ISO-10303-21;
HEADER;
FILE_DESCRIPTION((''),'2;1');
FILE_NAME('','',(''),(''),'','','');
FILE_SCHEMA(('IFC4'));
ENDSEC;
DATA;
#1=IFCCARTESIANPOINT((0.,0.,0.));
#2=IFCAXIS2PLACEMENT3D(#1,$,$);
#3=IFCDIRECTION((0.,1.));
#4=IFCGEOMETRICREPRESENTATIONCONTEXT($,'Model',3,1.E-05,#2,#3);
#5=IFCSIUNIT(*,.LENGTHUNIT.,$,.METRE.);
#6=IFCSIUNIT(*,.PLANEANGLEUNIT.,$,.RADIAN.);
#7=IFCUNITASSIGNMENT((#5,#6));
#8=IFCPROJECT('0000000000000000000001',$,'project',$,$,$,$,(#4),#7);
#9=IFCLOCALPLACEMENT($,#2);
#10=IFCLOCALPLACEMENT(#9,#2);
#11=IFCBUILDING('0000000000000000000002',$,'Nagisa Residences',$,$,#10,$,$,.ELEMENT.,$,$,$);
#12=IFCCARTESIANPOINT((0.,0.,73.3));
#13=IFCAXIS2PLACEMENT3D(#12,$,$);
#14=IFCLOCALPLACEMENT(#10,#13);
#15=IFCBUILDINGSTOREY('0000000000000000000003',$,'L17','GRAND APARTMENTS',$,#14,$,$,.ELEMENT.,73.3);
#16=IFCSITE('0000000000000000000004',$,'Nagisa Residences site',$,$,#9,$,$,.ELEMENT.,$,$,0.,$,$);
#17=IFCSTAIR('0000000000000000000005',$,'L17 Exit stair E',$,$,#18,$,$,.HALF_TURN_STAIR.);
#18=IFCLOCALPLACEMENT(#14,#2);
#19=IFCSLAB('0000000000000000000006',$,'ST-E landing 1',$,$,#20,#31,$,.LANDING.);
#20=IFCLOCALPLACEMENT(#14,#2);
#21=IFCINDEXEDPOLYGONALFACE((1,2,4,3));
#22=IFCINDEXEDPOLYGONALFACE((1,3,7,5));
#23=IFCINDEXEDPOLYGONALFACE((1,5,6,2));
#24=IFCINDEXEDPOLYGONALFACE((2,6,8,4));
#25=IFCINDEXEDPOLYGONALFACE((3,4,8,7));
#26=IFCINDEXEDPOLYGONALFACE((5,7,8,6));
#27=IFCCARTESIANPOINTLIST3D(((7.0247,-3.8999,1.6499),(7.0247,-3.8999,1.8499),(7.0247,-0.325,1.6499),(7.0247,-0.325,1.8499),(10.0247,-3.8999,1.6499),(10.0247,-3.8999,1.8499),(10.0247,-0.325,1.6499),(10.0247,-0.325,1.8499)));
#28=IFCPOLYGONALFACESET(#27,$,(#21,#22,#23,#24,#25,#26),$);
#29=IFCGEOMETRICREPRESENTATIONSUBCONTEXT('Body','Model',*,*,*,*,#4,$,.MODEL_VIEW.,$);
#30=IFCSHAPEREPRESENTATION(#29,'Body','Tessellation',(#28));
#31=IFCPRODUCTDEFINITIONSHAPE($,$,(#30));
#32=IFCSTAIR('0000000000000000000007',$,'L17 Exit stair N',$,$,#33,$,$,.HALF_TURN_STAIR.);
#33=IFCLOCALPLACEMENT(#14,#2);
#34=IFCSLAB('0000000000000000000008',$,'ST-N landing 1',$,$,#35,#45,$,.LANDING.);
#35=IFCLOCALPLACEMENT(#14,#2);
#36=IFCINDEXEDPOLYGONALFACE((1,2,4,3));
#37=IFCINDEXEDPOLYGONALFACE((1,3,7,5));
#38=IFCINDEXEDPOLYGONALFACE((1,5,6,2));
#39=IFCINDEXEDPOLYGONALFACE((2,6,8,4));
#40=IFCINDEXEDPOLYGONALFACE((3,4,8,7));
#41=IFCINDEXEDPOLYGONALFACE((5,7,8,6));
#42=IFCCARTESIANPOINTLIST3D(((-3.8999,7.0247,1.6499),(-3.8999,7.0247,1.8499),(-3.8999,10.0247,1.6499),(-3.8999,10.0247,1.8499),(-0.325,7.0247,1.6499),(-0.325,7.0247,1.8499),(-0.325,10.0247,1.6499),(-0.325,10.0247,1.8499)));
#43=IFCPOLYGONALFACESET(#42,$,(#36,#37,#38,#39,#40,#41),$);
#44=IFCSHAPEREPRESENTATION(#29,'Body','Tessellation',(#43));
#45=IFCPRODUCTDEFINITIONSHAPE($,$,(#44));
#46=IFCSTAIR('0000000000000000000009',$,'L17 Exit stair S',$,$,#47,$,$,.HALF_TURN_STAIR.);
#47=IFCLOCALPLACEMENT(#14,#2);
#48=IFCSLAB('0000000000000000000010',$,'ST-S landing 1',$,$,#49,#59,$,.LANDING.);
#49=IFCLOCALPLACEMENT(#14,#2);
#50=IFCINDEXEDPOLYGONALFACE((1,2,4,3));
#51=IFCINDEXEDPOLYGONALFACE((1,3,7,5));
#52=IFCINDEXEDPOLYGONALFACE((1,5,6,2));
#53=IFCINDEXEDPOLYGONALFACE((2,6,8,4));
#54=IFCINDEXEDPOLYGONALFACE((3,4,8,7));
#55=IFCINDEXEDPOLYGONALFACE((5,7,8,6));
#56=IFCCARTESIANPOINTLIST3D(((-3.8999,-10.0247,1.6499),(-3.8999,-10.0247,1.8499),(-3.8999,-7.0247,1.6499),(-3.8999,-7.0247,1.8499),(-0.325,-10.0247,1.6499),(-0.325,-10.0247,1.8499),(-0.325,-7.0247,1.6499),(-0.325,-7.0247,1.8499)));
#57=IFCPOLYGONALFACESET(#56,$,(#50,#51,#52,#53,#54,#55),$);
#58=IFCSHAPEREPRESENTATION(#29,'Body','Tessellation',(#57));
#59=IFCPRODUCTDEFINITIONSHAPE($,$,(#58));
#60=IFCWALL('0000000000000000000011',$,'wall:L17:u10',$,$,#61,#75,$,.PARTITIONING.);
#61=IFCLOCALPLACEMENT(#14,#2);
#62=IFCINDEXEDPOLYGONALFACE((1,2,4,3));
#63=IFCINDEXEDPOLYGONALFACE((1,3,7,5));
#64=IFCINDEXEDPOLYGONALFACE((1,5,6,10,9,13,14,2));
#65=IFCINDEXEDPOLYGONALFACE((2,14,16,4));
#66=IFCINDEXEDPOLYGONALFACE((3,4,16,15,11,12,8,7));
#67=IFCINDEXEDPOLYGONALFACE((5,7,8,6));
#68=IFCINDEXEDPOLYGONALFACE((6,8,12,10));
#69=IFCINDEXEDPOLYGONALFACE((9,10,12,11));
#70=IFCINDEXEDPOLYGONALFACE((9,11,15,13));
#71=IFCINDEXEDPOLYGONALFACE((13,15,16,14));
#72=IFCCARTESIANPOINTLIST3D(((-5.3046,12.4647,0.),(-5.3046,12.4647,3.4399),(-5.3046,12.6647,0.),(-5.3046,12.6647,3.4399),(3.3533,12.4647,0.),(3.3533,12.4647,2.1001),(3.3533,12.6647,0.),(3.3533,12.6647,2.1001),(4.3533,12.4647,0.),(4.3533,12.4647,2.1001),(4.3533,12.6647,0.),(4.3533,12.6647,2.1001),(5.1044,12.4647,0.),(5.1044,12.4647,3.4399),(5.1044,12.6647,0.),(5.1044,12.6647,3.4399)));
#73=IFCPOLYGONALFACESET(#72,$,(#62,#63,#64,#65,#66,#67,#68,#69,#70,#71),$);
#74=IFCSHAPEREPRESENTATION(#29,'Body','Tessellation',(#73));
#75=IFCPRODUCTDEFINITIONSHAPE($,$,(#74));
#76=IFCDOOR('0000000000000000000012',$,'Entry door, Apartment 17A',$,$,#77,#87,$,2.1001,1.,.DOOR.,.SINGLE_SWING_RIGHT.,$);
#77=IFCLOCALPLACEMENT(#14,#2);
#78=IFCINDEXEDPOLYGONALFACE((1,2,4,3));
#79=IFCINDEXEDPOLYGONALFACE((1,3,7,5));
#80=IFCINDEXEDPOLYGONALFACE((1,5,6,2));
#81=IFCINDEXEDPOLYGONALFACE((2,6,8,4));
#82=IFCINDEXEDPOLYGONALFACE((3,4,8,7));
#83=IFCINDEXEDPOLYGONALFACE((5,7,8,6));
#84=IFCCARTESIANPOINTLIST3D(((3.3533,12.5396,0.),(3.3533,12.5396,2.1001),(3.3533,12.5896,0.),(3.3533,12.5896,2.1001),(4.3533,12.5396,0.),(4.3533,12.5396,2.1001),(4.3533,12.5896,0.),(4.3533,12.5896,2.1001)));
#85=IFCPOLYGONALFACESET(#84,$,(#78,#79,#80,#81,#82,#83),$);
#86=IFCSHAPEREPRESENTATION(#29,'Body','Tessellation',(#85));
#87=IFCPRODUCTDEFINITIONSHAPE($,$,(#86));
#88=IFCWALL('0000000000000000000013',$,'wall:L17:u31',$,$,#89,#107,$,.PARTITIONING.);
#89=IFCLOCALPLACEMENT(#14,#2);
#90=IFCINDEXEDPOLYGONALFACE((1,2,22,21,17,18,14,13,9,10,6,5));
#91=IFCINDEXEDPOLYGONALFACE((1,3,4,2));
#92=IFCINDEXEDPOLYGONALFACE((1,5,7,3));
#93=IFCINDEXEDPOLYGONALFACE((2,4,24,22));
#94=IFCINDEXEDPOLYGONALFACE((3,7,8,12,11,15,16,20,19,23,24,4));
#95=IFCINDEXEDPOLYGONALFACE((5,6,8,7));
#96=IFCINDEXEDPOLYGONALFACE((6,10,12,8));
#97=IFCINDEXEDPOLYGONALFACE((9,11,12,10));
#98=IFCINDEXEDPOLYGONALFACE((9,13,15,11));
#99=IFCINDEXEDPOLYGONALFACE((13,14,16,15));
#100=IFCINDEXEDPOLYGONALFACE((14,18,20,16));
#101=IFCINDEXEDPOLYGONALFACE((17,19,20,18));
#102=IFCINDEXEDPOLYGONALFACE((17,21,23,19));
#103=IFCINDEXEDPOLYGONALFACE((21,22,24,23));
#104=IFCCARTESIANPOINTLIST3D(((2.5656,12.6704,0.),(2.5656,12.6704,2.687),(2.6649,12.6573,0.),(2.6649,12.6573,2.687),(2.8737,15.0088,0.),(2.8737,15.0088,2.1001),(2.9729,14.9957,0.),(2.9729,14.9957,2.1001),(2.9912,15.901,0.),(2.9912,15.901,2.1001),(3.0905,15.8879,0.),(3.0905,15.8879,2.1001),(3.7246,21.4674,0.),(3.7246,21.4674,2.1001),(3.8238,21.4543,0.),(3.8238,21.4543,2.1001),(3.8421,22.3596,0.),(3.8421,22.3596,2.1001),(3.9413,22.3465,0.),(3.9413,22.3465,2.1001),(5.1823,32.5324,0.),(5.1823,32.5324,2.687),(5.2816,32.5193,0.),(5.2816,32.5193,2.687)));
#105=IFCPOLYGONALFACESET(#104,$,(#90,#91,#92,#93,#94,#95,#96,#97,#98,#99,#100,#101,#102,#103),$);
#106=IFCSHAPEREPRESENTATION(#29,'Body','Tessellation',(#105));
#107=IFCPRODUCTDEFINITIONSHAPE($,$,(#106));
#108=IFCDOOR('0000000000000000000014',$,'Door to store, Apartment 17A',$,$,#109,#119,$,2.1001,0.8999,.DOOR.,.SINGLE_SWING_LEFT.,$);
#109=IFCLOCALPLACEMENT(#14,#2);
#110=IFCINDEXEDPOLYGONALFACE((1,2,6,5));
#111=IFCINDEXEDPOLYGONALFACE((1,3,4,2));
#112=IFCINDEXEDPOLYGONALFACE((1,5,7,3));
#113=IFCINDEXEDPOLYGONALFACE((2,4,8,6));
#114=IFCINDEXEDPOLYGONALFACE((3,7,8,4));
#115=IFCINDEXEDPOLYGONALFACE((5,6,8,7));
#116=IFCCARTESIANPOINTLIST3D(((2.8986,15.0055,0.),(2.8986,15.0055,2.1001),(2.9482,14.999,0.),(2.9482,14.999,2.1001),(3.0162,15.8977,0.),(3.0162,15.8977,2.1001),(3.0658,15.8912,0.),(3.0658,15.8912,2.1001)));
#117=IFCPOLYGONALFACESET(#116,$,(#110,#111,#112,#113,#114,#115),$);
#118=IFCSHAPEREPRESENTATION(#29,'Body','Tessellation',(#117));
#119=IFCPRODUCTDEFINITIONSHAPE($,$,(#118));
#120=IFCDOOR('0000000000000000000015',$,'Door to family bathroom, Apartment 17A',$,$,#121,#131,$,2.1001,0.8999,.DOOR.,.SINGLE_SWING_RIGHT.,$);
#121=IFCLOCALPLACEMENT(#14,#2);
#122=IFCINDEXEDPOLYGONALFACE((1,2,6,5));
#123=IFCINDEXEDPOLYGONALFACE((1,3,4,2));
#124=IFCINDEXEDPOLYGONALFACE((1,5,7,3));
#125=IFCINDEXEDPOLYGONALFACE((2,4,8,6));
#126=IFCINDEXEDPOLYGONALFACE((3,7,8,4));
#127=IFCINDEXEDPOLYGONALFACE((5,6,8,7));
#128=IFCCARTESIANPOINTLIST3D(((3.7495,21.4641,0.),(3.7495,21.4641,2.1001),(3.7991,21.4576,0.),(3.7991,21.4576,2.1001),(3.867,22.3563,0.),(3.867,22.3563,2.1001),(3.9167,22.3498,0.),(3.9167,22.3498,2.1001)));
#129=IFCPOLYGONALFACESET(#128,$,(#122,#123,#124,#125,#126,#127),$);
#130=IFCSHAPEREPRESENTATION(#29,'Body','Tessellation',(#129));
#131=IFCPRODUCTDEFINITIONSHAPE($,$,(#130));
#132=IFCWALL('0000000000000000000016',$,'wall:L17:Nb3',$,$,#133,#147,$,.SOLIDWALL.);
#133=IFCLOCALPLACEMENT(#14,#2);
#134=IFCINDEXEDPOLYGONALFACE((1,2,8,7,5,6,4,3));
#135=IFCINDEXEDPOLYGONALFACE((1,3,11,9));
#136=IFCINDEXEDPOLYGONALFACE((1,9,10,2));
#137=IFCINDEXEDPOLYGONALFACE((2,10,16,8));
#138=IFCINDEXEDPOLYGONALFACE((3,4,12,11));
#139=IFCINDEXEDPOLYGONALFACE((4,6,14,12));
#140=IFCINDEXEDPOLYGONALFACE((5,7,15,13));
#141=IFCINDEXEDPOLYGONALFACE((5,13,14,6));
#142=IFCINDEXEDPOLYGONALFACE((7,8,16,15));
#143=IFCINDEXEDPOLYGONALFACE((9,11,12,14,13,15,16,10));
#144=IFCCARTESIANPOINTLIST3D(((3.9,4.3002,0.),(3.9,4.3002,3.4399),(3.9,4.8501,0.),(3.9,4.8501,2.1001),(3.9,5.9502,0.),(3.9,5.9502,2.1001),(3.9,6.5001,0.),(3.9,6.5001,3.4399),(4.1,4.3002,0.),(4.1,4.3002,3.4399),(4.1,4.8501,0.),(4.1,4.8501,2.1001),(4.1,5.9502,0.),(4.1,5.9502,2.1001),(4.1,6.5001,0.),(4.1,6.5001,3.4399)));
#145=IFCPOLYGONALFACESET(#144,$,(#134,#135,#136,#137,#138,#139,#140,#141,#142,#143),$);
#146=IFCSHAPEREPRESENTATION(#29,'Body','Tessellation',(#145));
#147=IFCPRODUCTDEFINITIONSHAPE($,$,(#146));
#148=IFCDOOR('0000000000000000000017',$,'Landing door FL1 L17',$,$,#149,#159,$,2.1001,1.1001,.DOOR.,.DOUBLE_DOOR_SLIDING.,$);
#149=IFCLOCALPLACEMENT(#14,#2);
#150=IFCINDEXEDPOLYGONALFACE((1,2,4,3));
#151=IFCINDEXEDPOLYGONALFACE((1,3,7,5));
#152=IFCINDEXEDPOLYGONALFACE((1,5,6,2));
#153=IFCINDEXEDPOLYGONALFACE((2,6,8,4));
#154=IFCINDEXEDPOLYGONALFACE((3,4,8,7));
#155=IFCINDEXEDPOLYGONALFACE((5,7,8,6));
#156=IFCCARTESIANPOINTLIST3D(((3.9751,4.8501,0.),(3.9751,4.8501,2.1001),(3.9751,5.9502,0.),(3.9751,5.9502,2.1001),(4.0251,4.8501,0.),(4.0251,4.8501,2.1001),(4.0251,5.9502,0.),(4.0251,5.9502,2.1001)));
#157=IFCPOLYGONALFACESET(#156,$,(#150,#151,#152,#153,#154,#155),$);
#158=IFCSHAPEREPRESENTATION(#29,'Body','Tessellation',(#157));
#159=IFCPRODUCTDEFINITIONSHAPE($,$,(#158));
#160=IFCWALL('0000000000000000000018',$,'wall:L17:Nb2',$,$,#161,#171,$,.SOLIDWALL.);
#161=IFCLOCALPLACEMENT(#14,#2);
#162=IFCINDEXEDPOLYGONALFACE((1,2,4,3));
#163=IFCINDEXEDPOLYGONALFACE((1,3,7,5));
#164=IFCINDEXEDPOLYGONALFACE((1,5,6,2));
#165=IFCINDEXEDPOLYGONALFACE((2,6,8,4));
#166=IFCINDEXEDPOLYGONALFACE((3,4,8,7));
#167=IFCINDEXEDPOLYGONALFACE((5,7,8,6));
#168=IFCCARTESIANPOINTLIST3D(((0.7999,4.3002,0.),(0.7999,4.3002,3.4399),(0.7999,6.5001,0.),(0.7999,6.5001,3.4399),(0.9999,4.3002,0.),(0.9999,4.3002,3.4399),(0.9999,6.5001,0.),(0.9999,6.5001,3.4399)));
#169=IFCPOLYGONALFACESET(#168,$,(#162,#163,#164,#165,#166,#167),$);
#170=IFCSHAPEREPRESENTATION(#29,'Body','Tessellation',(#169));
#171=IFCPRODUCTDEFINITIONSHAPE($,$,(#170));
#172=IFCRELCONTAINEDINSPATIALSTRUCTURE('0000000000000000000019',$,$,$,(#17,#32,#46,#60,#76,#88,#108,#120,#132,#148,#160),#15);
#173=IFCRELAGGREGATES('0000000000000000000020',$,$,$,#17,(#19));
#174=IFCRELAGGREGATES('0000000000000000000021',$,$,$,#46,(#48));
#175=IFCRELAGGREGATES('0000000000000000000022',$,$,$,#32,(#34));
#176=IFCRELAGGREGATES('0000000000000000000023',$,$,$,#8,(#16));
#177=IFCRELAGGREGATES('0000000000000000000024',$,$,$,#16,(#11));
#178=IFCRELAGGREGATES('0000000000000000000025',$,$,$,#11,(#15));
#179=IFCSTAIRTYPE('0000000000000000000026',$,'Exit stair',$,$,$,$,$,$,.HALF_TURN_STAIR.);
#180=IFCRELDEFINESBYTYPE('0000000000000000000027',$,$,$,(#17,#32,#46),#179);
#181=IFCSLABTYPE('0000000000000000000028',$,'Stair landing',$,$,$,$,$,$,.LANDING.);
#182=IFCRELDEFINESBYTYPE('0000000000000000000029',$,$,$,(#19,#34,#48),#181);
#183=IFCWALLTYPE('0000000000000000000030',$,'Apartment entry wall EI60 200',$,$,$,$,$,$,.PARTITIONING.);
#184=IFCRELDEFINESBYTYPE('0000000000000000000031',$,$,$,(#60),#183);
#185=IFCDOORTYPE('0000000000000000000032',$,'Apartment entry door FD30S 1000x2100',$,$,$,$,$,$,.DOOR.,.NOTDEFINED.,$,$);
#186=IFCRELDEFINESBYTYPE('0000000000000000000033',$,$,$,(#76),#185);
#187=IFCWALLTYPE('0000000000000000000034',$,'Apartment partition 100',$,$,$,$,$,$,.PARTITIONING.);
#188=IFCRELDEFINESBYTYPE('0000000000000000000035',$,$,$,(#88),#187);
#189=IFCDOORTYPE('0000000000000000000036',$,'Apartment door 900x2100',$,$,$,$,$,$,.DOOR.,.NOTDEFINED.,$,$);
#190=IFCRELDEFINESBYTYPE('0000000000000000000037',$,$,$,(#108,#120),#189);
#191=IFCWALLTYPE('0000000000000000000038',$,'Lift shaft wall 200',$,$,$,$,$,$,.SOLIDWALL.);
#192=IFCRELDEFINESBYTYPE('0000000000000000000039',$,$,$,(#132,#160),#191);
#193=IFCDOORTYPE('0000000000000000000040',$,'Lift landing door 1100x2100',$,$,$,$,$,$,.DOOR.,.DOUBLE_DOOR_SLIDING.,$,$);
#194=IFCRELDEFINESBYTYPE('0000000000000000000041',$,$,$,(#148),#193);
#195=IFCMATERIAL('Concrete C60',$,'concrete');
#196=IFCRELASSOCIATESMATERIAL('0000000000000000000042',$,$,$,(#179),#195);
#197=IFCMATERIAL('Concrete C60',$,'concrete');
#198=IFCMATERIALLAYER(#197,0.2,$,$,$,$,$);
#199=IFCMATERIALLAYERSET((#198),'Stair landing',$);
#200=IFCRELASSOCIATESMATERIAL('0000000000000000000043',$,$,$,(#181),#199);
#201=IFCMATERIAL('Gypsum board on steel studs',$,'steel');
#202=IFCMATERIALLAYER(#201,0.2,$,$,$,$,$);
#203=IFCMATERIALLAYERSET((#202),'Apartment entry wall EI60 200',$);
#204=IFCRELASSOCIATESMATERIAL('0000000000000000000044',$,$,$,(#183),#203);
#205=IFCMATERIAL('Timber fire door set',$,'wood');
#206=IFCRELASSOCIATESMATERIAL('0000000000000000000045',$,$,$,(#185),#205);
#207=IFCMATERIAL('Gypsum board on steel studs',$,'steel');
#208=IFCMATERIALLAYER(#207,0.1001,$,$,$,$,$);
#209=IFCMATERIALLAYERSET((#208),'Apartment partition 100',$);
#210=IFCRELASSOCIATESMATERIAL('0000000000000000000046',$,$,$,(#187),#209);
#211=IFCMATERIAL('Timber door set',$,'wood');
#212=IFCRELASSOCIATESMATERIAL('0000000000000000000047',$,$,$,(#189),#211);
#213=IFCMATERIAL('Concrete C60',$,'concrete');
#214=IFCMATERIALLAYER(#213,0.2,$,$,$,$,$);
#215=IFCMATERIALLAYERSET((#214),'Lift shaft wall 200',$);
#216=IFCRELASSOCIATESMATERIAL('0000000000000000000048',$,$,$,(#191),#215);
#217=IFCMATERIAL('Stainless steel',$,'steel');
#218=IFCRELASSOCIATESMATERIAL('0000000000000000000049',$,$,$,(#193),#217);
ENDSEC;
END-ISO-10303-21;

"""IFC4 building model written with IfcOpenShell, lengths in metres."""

from ifc_helpers import new_model, si_unit, direction, frame, frame_2d, origin, place, context, subcontext, project, spatial, polyline, rectangle, outline, extrude, material, layer, layer_set, type_object, element, fill, aggregate, save


model = new_model("IFC4")

# Units and contexts
model_context = context("Model", 3, precision=1e-05, world=origin(), true_north=direction((0.0, 1.0)))
body_context = subcontext(model_context, "Body", "Model", "MODEL_VIEW")
ifc_project = project(units=[si_unit("LENGTHUNIT", "METRE"), si_unit("PLANEANGLEUNIT", "RADIAN")], contexts=[model_context])

# Site, building, storey
site_placement = place(None, origin())
site = spatial("IfcSite", under=ifc_project, at=site_placement, Name="Nagisa Residences site", CompositionType="ELEMENT", RefElevation=0.0)
building_placement = place(site_placement, origin())
building = spatial("IfcBuilding", under=site, at=building_placement, Name="Nagisa Residences", CompositionType="ELEMENT")
storey_placement = place(building_placement, frame((0.0, 0.0, 73.3)))
storey = spatial("IfcBuildingStorey", under=building, at=storey_placement, Name="L17", Description="GRAND APARTMENTS", CompositionType="ELEMENT", Elevation=73.3)

# Stairs, slabs
ifc_material_1 = material(Name="Concrete C60", Category="concrete")
stair_type = type_object("IfcStairType", Name="Exit stair", PredefinedType="HALF_TURN_STAIR", material=ifc_material_1)
stair_1_placement = place(storey_placement, origin())
stair_1 = element("IfcStair", 1, at=stair_1_placement, inside=storey, type_object=stair_type, Name="L17 Exit stair E", PredefinedType="HALF_TURN_STAIR")
ifc_material_2 = material(Name="Concrete C60", Category="concrete")
ifc_layer_1 = layer(ifc_material_2, 0.2)
ifc_layer_set_1 = layer_set([ifc_layer_1], Name="Stair landing")
slab_type = type_object("IfcSlabType", Name="Stair landing", PredefinedType="LANDING", material=ifc_layer_set_1)
slab_1_placement = place(storey_placement, frame((0.0, 0.0, 1.6499)))
slab_1 = element("IfcSlab", 2, at=slab_1_placement, type_object=slab_type, Name="ST-E landing 1", PredefinedType="LANDING", context=body_context, shape_type="SweptSolid", body=[
    extrude(outline(polyline([(7.0247, -0.325), (7.0247, -3.8999), (10.0247, -3.8999), (10.0247, -0.325), (7.0247, -0.325)])), origin(), (0.0, 0.0, 1.0), 0.2),
])
aggregate(stair_1, [slab_1])
stair_2_placement = place(storey_placement, origin())
stair_2 = element("IfcStair", 3, at=stair_2_placement, inside=storey, type_object=stair_type, Name="L17 Exit stair N", PredefinedType="HALF_TURN_STAIR")
slab_2_placement = place(storey_placement, frame((0.0, 0.0, 1.6499)))
slab_2 = element("IfcSlab", 4, at=slab_2_placement, type_object=slab_type, Name="ST-N landing 1", PredefinedType="LANDING", context=body_context, shape_type="SweptSolid", body=[
    extrude(outline(polyline([(-0.325, 10.0247), (-3.8999, 10.0247), (-3.8999, 7.0247), (-0.325, 7.0247), (-0.325, 10.0247)])), origin(), (0.0, 0.0, 1.0), 0.2),
])
stair_3_placement = place(storey_placement, origin())
stair_3 = element("IfcStair", 5, at=stair_3_placement, inside=storey, type_object=stair_type, Name="L17 Exit stair S", PredefinedType="HALF_TURN_STAIR")
slab_3_placement = place(storey_placement, frame((0.0, 0.0, 1.6499)))
slab_3 = element("IfcSlab", 6, at=slab_3_placement, type_object=slab_type, Name="ST-S landing 1", PredefinedType="LANDING", context=body_context, shape_type="SweptSolid", body=[
    extrude(outline(polyline([(-0.325, -7.0247), (-3.8999, -7.0247), (-3.8999, -10.0247), (-0.325, -10.0247), (-0.325, -7.0247)])), origin(), (0.0, 0.0, 1.0), 0.2),
])
aggregate(stair_3, [slab_3])

# Wall, opening, door
ifc_material_3 = material(Name="Gypsum board on steel studs", Category="steel")
ifc_layer_2 = layer(ifc_material_3, 0.2)
ifc_layer_set_2 = layer_set([ifc_layer_2], Name="Apartment entry wall EI60 200")
wall_type_1 = type_object("IfcWallType", Name="Apartment entry wall EI60 200", PredefinedType="PARTITIONING", material=ifc_layer_set_2)
wall_1_placement = place(storey_placement, frame((5.1045, 12.5647, 0.0), z_axis=(0.0, 0.0, 1.0), x_axis=(-1.0, 0.0, 0.0)))
wall_1 = element("IfcWall", 7, at=wall_1_placement, inside=storey, type_object=wall_type_1, Name="wall:L17:u10", PredefinedType="PARTITIONING", context=body_context, shape_type="SweptSolid", body=[
    extrude(rectangle(XDim=10.4089, YDim=0.2, at=frame_2d((5.2046, 0.0))), origin(), (0.0, 0.0, 1.0), 3.4399),
])
opening_1_placement = place(wall_1_placement, frame((0.7512, 0.0, 0.0)))
opening_1 = element("IfcOpeningElement", 8, at=opening_1_placement, cuts=wall_1, PredefinedType="OPENING", context=body_context, shape_type="SweptSolid", body=[
    extrude(rectangle(XDim=1.0, YDim=2.1001, at=frame_2d((0.5, 1.05))), frame((0.0, 0.1099, 0.0), z_axis=(0.0, -1.0, 0.0), x_axis=(1.0, 0.0, 0.0)), (0.0, 0.0, 1.0), 0.22),
])
ifc_material_4 = material(Name="Timber fire door set", Category="wood")
door_type_1 = type_object("IfcDoorType", Name="Apartment entry door FD30S 1000x2100", OperationType="NOTDEFINED", PredefinedType="DOOR", material=ifc_material_4)
door_1_placement = place(opening_1_placement, frame((1.0, 0.0, 0.0), x_axis=(-1.0, 0.0, 0.0)))
door_1 = element("IfcDoor", 9, at=door_1_placement, inside=storey, type_object=door_type_1, Name="Entry door, Apartment 17A", OperationType="SINGLE_SWING_RIGHT", OverallHeight=2.1001, OverallWidth=1.0, PredefinedType="DOOR", context=body_context, shape_type="SweptSolid", body=[
    extrude(rectangle(XDim=1.0, YDim=2.1001, at=frame_2d((0.5, 1.05))), frame((0.0, 0.0249, 0.0), z_axis=(0.0, -1.0, 0.0), x_axis=(1.0, 0.0, 0.0)), (0.0, 0.0, 1.0), 0.05),
])
fill(opening_1, door_1)

# Wall, openings, doors
ifc_material_5 = material(Name="Gypsum board on steel studs", Category="steel")
ifc_layer_3 = layer(ifc_material_5, 0.1001)
ifc_layer_set_3 = layer_set([ifc_layer_3], Name="Apartment partition 100")
wall_type_2 = type_object("IfcWallType", Name="Apartment partition 100", PredefinedType="PARTITIONING", material=ifc_layer_set_3)
wall_2_placement = place(storey_placement, frame((2.6152, 12.6638, 0.0), z_axis=(0.0, 0.0, 1.0), x_axis=(0.130615, 0.991433, 0.0)))
wall_2 = element("IfcWall", 10, at=wall_2_placement, inside=storey, type_object=wall_type_2, Name="wall:L17:u31", PredefinedType="PARTITIONING", context=body_context, shape_type="SweptSolid", body=[
    extrude(rectangle(XDim=20.0337, YDim=0.1001, at=frame_2d((10.0168, 0.0))), origin(), (0.0, 0.0, 1.0), 2.687),
])
opening_2_placement = place(wall_2_placement, frame((2.3586, 0.0, 0.0)))
opening_2 = element("IfcOpeningElement", 11, at=opening_2_placement, cuts=wall_2, PredefinedType="OPENING", context=body_context, shape_type="SweptSolid", body=[
    extrude(rectangle(XDim=0.8999, YDim=2.1001, at=frame_2d((0.45, 1.05))), frame((0.0, 0.0601, 0.0), z_axis=(0.0, -1.0, 0.0), x_axis=(1.0, 0.0, 0.0)), (0.0, 0.0, 1.0), 0.1201),
])
opening_3_placement = place(wall_2_placement, frame((8.873, 0.0, 0.0)))
opening_3 = element("IfcOpeningElement", 12, at=opening_3_placement, cuts=wall_2, PredefinedType="OPENING", context=body_context, shape_type="SweptSolid", body=[
    extrude(rectangle(XDim=0.8999, YDim=2.1001, at=frame_2d((0.45, 1.05))), frame((0.0, 0.0601, 0.0), z_axis=(0.0, -1.0, 0.0), x_axis=(1.0, 0.0, 0.0)), (0.0, 0.0, 1.0), 0.1201),
])
ifc_material_6 = material(Name="Timber door set", Category="wood")
door_type_2 = type_object("IfcDoorType", Name="Apartment door 900x2100", OperationType="NOTDEFINED", PredefinedType="DOOR", material=ifc_material_6)
door_2_placement = place(opening_2_placement, origin())
door_2 = element("IfcDoor", 13, at=door_2_placement, inside=storey, type_object=door_type_2, Name="Door to store, Apartment 17A", OperationType="SINGLE_SWING_LEFT", OverallHeight=2.1001, OverallWidth=0.8999, PredefinedType="DOOR", context=body_context, shape_type="SweptSolid", body=[
    extrude(rectangle(XDim=0.8999, YDim=2.1001, at=frame_2d((0.45, 1.05))), frame((0.0, 0.0249, 0.0), z_axis=(0.0, -1.0, 0.0), x_axis=(1.0, 0.0, 0.0)), (0.0, 0.0, 1.0), 0.05),
])
fill(opening_2, door_2)
door_3_placement = place(opening_3_placement, origin())
door_3 = element("IfcDoor", 14, at=door_3_placement, inside=storey, type_object=door_type_2, Name="Door to family bathroom, Apartment 17A", OperationType="SINGLE_SWING_RIGHT", OverallHeight=2.1001, OverallWidth=0.8999, PredefinedType="DOOR", context=body_context, shape_type="SweptSolid", body=[
    extrude(rectangle(XDim=0.8999, YDim=2.1001, at=frame_2d((0.45, 1.05))), frame((0.0, 0.0249, 0.0), z_axis=(0.0, -1.0, 0.0), x_axis=(1.0, 0.0, 0.0)), (0.0, 0.0, 1.0), 0.05),
])
fill(opening_3, door_3)

# Wall, opening, door
ifc_material_7 = material(Name="Concrete C60", Category="concrete")
ifc_layer_4 = layer(ifc_material_7, 0.2)
ifc_layer_set_4 = layer_set([ifc_layer_4], Name="Lift shaft wall 200")
wall_type_3 = type_object("IfcWallType", Name="Lift shaft wall 200", PredefinedType="SOLIDWALL", material=ifc_layer_set_4)
wall_3_placement = place(storey_placement, frame((4.0, 4.3, 0.0), z_axis=(0.0, 0.0, 1.0), x_axis=(0.0, 1.0, 0.0)))
wall_3 = element("IfcWall", 15, at=wall_3_placement, inside=storey, type_object=wall_type_3, Name="wall:L17:Nb3", PredefinedType="SOLIDWALL", context=body_context, shape_type="SweptSolid", body=[
    extrude(rectangle(XDim=2.2, YDim=0.2, at=frame_2d((1.1001, 0.0))), origin(), (0.0, 0.0, 1.0), 3.4399),
])
opening_4_placement = place(wall_3_placement, frame((0.55, 0.0, 0.0)))
opening_4 = element("IfcOpeningElement", 16, at=opening_4_placement, cuts=wall_3, PredefinedType="OPENING", context=body_context, shape_type="SweptSolid", body=[
    extrude(rectangle(XDim=1.1001, YDim=2.1001, at=frame_2d((0.55, 1.05))), frame((0.0, 0.1099, 0.0), z_axis=(0.0, -1.0, 0.0), x_axis=(1.0, 0.0, 0.0)), (0.0, 0.0, 1.0), 0.22),
])
ifc_material_8 = material(Name="Stainless steel", Category="steel")
door_type_3 = type_object("IfcDoorType", Name="Lift landing door 1100x2100", OperationType="DOUBLE_DOOR_SLIDING", PredefinedType="DOOR", material=ifc_material_8)
door_4_placement = place(opening_4_placement, origin())
door_4 = element("IfcDoor", 17, at=door_4_placement, inside=storey, type_object=door_type_3, Name="Landing door FL1 L17", OperationType="DOUBLE_DOOR_SLIDING", OverallHeight=2.1001, OverallWidth=1.1001, PredefinedType="DOOR", context=body_context, shape_type="SweptSolid", body=[
    extrude(rectangle(XDim=1.1001, YDim=2.1001, at=frame_2d((0.55, 1.05))), frame((0.0, 0.0249, 0.0), z_axis=(0.0, -1.0, 0.0), x_axis=(1.0, 0.0, 0.0)), (0.0, 0.0, 1.0), 0.05),
])
fill(opening_4, door_4)

# Wall
wall_4_placement = place(storey_placement, frame((0.8999, 4.3, 0.0), z_axis=(0.0, 0.0, 1.0), x_axis=(0.0, 1.0, 0.0)))
element("IfcWall", 18, at=wall_4_placement, inside=storey, type_object=wall_type_3, Name="wall:L17:Nb2", PredefinedType="SOLIDWALL", context=body_context, shape_type="SweptSolid", body=[
    extrude(rectangle(XDim=2.2, YDim=0.2, at=frame_2d((1.1001, 0.0))), origin(), (0.0, 0.0, 1.0), 3.4399),
])

aggregate(stair_2, [slab_2])

save(model, "model.ifc")
